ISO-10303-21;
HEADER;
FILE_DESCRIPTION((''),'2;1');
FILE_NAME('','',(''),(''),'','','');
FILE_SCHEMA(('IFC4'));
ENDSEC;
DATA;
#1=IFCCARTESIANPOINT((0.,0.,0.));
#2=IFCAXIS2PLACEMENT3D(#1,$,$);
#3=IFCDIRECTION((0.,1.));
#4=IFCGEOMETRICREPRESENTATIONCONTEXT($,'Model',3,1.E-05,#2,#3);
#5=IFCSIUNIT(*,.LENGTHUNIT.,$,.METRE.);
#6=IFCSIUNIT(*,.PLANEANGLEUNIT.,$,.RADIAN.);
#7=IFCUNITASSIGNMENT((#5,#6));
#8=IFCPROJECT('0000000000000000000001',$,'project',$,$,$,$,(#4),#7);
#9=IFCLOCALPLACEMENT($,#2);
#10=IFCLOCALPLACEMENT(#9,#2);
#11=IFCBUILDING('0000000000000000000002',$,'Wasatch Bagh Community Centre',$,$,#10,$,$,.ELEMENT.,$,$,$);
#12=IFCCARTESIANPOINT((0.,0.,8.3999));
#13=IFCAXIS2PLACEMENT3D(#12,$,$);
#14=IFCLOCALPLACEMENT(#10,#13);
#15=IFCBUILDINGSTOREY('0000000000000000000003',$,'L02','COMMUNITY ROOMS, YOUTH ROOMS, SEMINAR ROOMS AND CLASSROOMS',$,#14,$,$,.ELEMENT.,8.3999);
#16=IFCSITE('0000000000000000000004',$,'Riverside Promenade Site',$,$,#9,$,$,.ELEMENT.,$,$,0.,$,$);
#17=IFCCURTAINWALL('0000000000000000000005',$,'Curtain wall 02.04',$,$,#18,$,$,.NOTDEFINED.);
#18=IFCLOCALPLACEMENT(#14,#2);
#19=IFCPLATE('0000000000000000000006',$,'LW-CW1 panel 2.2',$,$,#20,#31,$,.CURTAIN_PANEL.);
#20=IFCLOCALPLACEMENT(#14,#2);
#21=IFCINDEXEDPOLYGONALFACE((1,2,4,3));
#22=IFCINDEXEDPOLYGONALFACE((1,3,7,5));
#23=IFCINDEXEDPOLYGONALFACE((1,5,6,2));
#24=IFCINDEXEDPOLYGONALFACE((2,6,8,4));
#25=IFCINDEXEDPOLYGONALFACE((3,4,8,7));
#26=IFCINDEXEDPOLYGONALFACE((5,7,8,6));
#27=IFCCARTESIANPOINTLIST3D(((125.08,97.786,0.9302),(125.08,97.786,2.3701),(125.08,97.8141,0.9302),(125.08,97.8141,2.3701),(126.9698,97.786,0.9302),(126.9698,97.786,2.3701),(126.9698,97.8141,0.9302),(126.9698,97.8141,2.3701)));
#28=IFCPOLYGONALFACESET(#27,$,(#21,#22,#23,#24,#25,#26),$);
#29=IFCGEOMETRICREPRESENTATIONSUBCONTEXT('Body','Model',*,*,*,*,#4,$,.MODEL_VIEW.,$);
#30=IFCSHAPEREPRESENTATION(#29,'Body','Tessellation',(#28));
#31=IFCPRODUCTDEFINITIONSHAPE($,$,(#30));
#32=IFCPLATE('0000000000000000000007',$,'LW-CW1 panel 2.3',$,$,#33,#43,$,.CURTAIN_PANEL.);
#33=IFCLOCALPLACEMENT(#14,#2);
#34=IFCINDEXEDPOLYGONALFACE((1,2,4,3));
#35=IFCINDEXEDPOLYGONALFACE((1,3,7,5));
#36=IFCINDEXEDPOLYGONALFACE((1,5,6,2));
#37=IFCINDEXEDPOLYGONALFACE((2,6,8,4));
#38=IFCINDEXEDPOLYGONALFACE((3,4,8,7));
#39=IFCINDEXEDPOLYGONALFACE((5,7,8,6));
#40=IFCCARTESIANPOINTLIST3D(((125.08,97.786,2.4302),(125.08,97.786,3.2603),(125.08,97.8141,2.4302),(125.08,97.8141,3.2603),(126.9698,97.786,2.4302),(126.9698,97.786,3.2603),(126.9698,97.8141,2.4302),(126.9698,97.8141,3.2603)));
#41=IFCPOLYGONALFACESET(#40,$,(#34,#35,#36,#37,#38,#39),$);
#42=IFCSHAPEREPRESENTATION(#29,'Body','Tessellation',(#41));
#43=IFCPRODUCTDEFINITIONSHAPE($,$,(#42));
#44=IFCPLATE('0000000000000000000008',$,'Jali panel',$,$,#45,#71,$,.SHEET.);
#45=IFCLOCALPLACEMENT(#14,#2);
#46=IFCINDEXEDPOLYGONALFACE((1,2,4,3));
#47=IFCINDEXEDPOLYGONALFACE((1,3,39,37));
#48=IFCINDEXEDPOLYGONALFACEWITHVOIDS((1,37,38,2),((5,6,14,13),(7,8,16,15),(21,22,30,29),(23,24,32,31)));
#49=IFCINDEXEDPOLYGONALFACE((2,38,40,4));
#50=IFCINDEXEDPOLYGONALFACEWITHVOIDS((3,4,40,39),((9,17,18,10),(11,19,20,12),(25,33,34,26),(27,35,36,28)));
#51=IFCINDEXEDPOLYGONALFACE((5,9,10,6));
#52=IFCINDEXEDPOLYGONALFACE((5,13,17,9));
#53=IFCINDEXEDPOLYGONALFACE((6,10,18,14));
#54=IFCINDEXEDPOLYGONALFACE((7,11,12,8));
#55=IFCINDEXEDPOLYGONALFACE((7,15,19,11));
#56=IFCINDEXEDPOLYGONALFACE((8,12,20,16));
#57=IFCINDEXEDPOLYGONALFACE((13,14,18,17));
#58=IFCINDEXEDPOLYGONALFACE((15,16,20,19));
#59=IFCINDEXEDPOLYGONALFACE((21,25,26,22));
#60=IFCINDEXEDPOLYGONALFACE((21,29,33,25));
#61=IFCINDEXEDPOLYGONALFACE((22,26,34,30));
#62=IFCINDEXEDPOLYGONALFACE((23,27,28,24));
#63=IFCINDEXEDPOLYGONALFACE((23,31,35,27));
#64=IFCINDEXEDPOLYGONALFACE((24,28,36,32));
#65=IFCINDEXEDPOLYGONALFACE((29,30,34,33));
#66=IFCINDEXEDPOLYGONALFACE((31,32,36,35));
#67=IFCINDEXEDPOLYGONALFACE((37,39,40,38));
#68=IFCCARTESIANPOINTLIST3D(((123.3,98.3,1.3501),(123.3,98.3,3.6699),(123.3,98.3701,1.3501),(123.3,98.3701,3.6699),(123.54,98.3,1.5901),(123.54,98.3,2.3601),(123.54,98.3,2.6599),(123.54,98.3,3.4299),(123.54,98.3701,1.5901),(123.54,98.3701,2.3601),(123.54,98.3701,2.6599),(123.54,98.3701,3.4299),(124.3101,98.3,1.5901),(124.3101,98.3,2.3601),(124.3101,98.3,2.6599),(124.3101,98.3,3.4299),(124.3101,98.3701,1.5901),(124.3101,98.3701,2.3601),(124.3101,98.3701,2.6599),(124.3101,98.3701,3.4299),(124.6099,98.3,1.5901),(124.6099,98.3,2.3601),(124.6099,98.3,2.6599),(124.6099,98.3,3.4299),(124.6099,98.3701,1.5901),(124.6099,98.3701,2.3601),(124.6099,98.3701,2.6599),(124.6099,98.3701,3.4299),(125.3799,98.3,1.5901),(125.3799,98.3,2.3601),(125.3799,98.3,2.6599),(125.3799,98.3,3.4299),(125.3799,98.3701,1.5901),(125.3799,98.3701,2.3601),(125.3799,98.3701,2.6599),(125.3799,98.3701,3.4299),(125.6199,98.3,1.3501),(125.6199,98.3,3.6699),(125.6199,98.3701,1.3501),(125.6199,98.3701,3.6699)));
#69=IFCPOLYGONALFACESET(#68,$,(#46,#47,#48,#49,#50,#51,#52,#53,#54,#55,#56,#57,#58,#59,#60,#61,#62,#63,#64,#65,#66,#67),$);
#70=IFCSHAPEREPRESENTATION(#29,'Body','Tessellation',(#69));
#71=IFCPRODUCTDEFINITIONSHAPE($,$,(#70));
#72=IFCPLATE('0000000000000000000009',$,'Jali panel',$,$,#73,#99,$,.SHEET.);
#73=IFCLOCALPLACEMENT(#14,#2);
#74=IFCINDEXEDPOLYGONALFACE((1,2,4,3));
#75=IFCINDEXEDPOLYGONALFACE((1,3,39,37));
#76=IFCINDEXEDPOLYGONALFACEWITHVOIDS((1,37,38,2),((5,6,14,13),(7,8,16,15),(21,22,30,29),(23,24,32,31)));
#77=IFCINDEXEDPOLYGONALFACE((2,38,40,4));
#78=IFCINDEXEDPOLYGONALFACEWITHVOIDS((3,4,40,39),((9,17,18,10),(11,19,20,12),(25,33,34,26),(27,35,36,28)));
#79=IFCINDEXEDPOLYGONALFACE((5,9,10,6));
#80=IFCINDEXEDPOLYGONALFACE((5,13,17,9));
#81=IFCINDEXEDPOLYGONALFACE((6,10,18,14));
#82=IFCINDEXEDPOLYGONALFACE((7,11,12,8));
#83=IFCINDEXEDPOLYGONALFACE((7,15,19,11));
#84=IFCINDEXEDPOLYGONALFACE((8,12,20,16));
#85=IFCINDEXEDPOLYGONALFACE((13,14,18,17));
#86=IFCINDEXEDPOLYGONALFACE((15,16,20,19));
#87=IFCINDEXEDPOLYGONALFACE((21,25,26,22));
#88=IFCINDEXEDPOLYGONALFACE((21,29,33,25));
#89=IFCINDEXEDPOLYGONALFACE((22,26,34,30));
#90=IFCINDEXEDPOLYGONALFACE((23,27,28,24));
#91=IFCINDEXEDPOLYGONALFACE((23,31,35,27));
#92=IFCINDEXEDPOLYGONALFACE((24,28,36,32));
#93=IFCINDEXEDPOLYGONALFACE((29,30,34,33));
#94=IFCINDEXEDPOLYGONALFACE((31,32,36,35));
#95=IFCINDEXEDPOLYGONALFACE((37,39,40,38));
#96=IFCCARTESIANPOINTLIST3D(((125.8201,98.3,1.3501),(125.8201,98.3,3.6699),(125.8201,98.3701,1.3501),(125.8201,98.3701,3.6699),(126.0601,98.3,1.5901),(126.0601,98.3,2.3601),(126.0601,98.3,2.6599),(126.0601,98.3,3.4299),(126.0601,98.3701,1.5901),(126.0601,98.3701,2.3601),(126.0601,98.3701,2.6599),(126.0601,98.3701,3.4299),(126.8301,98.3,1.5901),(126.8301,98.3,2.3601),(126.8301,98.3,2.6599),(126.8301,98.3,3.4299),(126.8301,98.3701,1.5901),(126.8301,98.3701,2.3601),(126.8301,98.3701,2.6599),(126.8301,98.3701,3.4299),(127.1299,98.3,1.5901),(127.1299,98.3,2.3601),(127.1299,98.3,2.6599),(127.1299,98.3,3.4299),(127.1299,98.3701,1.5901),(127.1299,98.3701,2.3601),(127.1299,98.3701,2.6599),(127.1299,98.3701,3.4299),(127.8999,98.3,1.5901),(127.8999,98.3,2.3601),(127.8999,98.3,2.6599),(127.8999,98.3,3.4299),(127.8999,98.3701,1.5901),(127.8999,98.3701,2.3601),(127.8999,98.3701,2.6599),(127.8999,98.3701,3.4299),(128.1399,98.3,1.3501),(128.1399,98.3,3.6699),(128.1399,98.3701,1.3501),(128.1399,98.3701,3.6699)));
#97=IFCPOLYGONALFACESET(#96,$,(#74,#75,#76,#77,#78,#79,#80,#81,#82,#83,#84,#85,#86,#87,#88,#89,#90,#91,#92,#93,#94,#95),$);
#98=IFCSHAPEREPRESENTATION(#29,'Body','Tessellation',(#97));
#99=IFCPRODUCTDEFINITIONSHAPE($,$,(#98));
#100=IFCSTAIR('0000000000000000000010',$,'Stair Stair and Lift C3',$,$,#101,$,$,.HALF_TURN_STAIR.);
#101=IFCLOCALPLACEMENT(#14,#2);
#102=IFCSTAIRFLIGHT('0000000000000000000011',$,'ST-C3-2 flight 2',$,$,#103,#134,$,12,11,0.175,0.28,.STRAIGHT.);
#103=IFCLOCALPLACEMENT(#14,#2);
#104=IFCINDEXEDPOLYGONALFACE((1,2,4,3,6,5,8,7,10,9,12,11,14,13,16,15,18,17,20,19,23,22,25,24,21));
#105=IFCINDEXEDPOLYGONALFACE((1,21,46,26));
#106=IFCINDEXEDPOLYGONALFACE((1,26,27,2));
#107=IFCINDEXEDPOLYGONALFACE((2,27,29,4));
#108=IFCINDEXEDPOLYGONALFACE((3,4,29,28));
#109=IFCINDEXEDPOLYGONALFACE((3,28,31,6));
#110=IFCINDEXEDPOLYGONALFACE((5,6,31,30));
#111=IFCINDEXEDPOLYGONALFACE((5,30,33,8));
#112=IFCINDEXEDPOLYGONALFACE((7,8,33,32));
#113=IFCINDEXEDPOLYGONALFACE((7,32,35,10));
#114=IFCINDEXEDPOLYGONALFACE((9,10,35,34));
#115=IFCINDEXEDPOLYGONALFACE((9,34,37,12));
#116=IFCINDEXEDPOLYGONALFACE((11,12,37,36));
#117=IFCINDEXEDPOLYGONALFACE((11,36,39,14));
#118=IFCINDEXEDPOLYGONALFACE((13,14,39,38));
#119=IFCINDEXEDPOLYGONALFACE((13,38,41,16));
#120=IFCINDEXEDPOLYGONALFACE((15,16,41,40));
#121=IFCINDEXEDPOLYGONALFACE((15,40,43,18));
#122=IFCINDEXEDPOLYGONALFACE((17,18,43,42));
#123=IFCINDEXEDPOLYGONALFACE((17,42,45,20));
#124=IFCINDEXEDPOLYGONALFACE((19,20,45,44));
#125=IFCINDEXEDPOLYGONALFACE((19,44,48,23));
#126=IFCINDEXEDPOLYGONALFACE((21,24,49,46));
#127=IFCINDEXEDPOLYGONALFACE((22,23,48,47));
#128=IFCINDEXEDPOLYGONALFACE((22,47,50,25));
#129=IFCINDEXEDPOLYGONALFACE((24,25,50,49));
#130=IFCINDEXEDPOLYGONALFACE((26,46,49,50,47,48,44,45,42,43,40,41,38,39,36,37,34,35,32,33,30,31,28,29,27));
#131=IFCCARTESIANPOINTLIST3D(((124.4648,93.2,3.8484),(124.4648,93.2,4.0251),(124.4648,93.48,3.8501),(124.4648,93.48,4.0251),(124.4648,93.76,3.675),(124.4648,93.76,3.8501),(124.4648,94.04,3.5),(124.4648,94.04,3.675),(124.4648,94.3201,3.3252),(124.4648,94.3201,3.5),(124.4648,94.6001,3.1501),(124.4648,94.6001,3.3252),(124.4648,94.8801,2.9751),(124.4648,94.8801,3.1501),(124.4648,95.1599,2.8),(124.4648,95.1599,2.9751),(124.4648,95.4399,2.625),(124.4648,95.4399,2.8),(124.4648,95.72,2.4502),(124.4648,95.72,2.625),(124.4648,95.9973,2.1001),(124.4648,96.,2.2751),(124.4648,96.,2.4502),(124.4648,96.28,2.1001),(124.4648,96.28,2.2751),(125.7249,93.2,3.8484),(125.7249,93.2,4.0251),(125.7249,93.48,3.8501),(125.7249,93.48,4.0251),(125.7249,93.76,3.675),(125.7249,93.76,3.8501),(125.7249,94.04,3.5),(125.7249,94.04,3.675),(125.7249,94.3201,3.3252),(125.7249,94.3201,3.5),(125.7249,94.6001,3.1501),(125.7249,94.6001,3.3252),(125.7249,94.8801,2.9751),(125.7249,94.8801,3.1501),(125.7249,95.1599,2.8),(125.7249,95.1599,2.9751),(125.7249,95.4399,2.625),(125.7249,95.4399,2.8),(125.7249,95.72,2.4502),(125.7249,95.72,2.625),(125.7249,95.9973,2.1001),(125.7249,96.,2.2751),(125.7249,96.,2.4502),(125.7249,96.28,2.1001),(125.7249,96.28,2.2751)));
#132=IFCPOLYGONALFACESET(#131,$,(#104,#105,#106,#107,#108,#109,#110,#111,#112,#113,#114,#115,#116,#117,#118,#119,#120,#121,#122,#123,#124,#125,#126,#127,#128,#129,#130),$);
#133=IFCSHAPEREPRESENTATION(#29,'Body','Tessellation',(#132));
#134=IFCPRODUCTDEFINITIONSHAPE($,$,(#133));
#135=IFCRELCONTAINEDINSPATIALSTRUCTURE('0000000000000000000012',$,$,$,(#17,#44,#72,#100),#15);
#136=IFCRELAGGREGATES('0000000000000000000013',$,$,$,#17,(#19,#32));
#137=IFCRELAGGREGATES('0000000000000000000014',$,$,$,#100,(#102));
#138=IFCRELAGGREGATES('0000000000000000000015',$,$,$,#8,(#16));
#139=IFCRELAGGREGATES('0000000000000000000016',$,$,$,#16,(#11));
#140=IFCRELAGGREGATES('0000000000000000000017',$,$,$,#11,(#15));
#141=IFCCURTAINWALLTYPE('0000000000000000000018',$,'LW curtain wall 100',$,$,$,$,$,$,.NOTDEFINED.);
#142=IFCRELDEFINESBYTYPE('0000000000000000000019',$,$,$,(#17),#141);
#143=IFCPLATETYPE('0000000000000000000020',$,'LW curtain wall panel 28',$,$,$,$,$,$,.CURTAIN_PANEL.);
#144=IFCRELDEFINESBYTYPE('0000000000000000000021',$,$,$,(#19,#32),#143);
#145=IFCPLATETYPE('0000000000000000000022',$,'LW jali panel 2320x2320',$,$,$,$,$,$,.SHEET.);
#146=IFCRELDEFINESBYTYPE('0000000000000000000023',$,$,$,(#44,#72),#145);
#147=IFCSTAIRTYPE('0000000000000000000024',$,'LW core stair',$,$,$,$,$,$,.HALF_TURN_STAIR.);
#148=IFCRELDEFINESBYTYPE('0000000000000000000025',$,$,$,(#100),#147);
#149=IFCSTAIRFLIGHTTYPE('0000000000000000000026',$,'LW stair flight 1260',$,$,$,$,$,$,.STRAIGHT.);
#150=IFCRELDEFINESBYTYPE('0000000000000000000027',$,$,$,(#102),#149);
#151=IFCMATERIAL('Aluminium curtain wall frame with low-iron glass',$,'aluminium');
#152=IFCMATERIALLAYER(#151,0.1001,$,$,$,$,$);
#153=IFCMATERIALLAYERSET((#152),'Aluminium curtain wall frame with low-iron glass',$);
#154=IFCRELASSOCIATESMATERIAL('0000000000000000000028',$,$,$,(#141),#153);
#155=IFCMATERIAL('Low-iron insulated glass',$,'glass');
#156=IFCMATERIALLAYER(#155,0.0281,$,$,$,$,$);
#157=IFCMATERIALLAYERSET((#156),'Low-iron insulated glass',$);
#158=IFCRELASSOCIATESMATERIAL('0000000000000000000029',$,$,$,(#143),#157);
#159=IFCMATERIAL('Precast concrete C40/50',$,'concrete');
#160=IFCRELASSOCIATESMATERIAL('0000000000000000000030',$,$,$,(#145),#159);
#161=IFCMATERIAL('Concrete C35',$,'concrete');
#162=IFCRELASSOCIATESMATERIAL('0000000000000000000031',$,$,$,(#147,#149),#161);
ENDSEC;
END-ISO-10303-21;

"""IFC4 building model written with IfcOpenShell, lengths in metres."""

from ifc_helpers import new_model, si_unit, direction, frame, origin, origin_2d, place, context, subcontext, project, spatial, polyline, rectangle, outline, extrude, material, layer, layer_set, material_profile, profile_set, type_object, element, aggregate, save


model = new_model("IFC4")

# Units and contexts
model_context = context("Model", 3, precision=1e-05, world=origin(), true_north=direction((0.0, 1.0)))
body_context = subcontext(model_context, "Body", "Model", "MODEL_VIEW")
ifc_project = project(units=[si_unit("LENGTHUNIT", "METRE"), si_unit("PLANEANGLEUNIT", "RADIAN")], contexts=[model_context])

# Site, building, storey
site_placement = place(None, origin())
site = spatial("IfcSite", under=ifc_project, at=site_placement, Name="Riverside Promenade Site", CompositionType="ELEMENT", RefElevation=0.0)
building_placement = place(site_placement, origin())
building = spatial("IfcBuilding", under=site, at=building_placement, Name="Wasatch Bagh Community Centre", CompositionType="ELEMENT")
storey_placement = place(building_placement, frame((0.0, 0.0, 8.3999)))
storey = spatial("IfcBuildingStorey", under=building, at=storey_placement, Name="L02", Description="COMMUNITY ROOMS, YOUTH ROOMS, SEMINAR ROOMS AND CLASSROOMS", CompositionType="ELEMENT", Elevation=8.3999)

# Curtain wall, plates
ifc_material_1 = material(Name="Aluminium curtain wall frame with low-iron glass", Category="aluminium")
ifc_layer_1 = layer(ifc_material_1, 0.1001)
ifc_layer_set_1 = layer_set([ifc_layer_1], Name="Aluminium curtain wall frame with low-iron glass")
curtain_wall_type = type_object("IfcCurtainWallType", Name="LW curtain wall 100", PredefinedType="NOTDEFINED", material=ifc_layer_set_1)
curtain_wall_placement = place(storey_placement, origin())
curtain_wall = element("IfcCurtainWall", 1, at=curtain_wall_placement, inside=storey, type_object=curtain_wall_type, Name="Curtain wall 02.04", PredefinedType="NOTDEFINED")
ifc_material_2 = material(Name="Low-iron insulated glass", Category="glass")
ifc_layer_2 = layer(ifc_material_2, 0.0281)
ifc_layer_set_2 = layer_set([ifc_layer_2], Name="Low-iron insulated glass")
plate_type_1 = type_object("IfcPlateType", Name="LW curtain wall panel 28", PredefinedType="CURTAIN_PANEL", material=ifc_layer_set_2)
plate_1_placement = place(storey_placement, frame((126.0249, 97.8, 0.9302), z_axis=(0.0, 0.0, 1.0), x_axis=(1.0, 0.0, 0.0)))
plate_1 = element("IfcPlate", 2, at=plate_1_placement, type_object=plate_type_1, Name="LW-CW1 panel 2.2", PredefinedType="CURTAIN_PANEL", context=body_context, shape_type="SweptSolid", body=[
    extrude(rectangle(XDim=1.8899, YDim=0.0281, at=origin_2d()), origin(), (0.0, 0.0, 1.0), 1.4399),
])
plate_2_placement = place(storey_placement, frame((126.0249, 97.8, 2.4302), z_axis=(0.0, 0.0, 1.0), x_axis=(1.0, 0.0, 0.0)))
plate_2 = element("IfcPlate", 3, at=plate_2_placement, type_object=plate_type_1, Name="LW-CW1 panel 2.3", PredefinedType="CURTAIN_PANEL", context=body_context, shape_type="SweptSolid", body=[
    extrude(rectangle(XDim=1.8899, YDim=0.0281, at=origin_2d()), origin(), (0.0, 0.0, 1.0), 0.8301),
])
aggregate(curtain_wall, [plate_1, plate_2])

# Plates
ifc_material_3 = material(Name="Precast concrete C40/50", Category="concrete")
ifc_material_profile_1 = material_profile(ifc_material_3, outline(polyline([(-1.1599, -1.1599), (1.1599, -1.1599), (1.1599, 1.1599), (-1.1599, 1.1599), (-1.1599, -1.1599)]), holes=[polyline([(-0.9199, -0.9199), (-0.1499, -0.9199), (-0.1499, -0.1499), (-0.9199, -0.1499), (-0.9199, -0.9199)]), polyline([(-0.9199, 0.1499), (-0.1499, 0.1499), (-0.1499, 0.9199), (-0.9199, 0.9199), (-0.9199, 0.1499)]), polyline([(0.1499, -0.9199), (0.9199, -0.9199), (0.9199, -0.1499), (0.1499, -0.1499), (0.1499, -0.9199)]), polyline([(0.1499, 0.1499), (0.9199, 0.1499), (0.9199, 0.9199), (0.1499, 0.9199), (0.1499, 0.1499)])]), Name="Jali lattice")
ifc_profile_set_1 = profile_set([ifc_material_profile_1], Name="Precast concrete C40/50")
plate_type_2 = type_object("IfcPlateType", Name="LW jali panel 2320x2320", PredefinedType="SHEET", material=ifc_profile_set_1)
for number, where, z_axis, x_axis, name in (
    (4, (124.46, 98.3, 2.51), (0.0, 1.0, 0.0), (-1.0, 0.0, 0.0), "Jali panel"),
    (5, (126.98, 98.3, 2.51), (0.0, 1.0, 0.0), (-1.0, 0.0, 0.0), "Jali panel"),
):
    element("IfcPlate", number, at=place(storey_placement, frame(where, z_axis=z_axis, x_axis=x_axis)), inside=storey, type_object=plate_type_2, Name=name, PredefinedType="SHEET", context=body_context, shape_type="SweptSolid", body=[
        extrude(outline(polyline([(-1.1599, -1.1599), (1.1599, -1.1599), (1.1599, 1.1599), (-1.1599, 1.1599), (-1.1599, -1.1599)]), holes=[polyline([(-0.9199, -0.9199), (-0.1499, -0.9199), (-0.1499, -0.1499), (-0.9199, -0.1499), (-0.9199, -0.9199)]), polyline([(-0.9199, 0.1499), (-0.1499, 0.1499), (-0.1499, 0.9199), (-0.9199, 0.9199), (-0.9199, 0.1499)]), polyline([(0.1499, -0.9199), (0.9199, -0.9199), (0.9199, -0.1499), (0.1499, -0.1499), (0.1499, -0.9199)]), polyline([(0.1499, 0.1499), (0.9199, 0.1499), (0.9199, 0.9199), (0.1499, 0.9199), (0.1499, 0.1499)])]), origin(), (0.0, 0.0, 1.0), 0.0701),
    ])

# Stair, stair flight
ifc_material_4 = material(Name="Concrete C35", Category="concrete")
stair_type = type_object("IfcStairType", Name="LW core stair", PredefinedType="HALF_TURN_STAIR", material=ifc_material_4)
stair_placement = place(storey_placement, origin())
stair = element("IfcStair", 6, at=stair_placement, inside=storey, type_object=stair_type, Name="Stair Stair and Lift C3", PredefinedType="HALF_TURN_STAIR")
stair_flight_type = type_object("IfcStairFlightType", Name="LW stair flight 1260", PredefinedType="STRAIGHT", material=ifc_material_4)
stair_flight_placement = place(storey_placement, frame((125.095, 96.28, 2.1001), z_axis=(0.0, 0.0, 1.0), x_axis=(0.0, -1.0, 0.0)))
stair_flight = element("IfcStairFlight", 7, at=stair_flight_placement, type_object=stair_flight_type, Name="ST-C3-2 flight 2", NumberOfRisers=12, NumberOfTreads=11, PredefinedType="STRAIGHT", RiserHeight=0.175, TreadLength=0.28, context=body_context, shape_type="SweptSolid", body=[
    extrude(outline(polyline([(0.0, 0.0), (0.0, 0.175), (0.28, 0.175), (0.28, 0.3501), (0.5601, 0.3501), (0.5601, 0.5249), (0.8401, 0.5249), (0.8401, 0.7), (1.1201, 0.7), (1.1201, 0.875), (1.3999, 0.875), (1.3999, 1.05), (1.6799, 1.05), (1.6799, 1.2251), (1.96, 1.2251), (1.96, 1.3999), (2.24, 1.3999), (2.24, 1.575), (2.52, 1.575), (2.52, 1.75), (2.8, 1.75), (2.8, 1.925), (3.0801, 1.925), (3.0801, 2.1001), (3.0801, 1.7483), (0.2827, 0.0), (0.0, 0.0)])), frame((0.0, 0.6299, 0.0), z_axis=(0.0, -1.0, 0.0), x_axis=(1.0, 0.0, 0.0)), (0.0, 0.0, 1.0), 1.26),
])
aggregate(stair, [stair_flight])

save(model, "model.ifc")
